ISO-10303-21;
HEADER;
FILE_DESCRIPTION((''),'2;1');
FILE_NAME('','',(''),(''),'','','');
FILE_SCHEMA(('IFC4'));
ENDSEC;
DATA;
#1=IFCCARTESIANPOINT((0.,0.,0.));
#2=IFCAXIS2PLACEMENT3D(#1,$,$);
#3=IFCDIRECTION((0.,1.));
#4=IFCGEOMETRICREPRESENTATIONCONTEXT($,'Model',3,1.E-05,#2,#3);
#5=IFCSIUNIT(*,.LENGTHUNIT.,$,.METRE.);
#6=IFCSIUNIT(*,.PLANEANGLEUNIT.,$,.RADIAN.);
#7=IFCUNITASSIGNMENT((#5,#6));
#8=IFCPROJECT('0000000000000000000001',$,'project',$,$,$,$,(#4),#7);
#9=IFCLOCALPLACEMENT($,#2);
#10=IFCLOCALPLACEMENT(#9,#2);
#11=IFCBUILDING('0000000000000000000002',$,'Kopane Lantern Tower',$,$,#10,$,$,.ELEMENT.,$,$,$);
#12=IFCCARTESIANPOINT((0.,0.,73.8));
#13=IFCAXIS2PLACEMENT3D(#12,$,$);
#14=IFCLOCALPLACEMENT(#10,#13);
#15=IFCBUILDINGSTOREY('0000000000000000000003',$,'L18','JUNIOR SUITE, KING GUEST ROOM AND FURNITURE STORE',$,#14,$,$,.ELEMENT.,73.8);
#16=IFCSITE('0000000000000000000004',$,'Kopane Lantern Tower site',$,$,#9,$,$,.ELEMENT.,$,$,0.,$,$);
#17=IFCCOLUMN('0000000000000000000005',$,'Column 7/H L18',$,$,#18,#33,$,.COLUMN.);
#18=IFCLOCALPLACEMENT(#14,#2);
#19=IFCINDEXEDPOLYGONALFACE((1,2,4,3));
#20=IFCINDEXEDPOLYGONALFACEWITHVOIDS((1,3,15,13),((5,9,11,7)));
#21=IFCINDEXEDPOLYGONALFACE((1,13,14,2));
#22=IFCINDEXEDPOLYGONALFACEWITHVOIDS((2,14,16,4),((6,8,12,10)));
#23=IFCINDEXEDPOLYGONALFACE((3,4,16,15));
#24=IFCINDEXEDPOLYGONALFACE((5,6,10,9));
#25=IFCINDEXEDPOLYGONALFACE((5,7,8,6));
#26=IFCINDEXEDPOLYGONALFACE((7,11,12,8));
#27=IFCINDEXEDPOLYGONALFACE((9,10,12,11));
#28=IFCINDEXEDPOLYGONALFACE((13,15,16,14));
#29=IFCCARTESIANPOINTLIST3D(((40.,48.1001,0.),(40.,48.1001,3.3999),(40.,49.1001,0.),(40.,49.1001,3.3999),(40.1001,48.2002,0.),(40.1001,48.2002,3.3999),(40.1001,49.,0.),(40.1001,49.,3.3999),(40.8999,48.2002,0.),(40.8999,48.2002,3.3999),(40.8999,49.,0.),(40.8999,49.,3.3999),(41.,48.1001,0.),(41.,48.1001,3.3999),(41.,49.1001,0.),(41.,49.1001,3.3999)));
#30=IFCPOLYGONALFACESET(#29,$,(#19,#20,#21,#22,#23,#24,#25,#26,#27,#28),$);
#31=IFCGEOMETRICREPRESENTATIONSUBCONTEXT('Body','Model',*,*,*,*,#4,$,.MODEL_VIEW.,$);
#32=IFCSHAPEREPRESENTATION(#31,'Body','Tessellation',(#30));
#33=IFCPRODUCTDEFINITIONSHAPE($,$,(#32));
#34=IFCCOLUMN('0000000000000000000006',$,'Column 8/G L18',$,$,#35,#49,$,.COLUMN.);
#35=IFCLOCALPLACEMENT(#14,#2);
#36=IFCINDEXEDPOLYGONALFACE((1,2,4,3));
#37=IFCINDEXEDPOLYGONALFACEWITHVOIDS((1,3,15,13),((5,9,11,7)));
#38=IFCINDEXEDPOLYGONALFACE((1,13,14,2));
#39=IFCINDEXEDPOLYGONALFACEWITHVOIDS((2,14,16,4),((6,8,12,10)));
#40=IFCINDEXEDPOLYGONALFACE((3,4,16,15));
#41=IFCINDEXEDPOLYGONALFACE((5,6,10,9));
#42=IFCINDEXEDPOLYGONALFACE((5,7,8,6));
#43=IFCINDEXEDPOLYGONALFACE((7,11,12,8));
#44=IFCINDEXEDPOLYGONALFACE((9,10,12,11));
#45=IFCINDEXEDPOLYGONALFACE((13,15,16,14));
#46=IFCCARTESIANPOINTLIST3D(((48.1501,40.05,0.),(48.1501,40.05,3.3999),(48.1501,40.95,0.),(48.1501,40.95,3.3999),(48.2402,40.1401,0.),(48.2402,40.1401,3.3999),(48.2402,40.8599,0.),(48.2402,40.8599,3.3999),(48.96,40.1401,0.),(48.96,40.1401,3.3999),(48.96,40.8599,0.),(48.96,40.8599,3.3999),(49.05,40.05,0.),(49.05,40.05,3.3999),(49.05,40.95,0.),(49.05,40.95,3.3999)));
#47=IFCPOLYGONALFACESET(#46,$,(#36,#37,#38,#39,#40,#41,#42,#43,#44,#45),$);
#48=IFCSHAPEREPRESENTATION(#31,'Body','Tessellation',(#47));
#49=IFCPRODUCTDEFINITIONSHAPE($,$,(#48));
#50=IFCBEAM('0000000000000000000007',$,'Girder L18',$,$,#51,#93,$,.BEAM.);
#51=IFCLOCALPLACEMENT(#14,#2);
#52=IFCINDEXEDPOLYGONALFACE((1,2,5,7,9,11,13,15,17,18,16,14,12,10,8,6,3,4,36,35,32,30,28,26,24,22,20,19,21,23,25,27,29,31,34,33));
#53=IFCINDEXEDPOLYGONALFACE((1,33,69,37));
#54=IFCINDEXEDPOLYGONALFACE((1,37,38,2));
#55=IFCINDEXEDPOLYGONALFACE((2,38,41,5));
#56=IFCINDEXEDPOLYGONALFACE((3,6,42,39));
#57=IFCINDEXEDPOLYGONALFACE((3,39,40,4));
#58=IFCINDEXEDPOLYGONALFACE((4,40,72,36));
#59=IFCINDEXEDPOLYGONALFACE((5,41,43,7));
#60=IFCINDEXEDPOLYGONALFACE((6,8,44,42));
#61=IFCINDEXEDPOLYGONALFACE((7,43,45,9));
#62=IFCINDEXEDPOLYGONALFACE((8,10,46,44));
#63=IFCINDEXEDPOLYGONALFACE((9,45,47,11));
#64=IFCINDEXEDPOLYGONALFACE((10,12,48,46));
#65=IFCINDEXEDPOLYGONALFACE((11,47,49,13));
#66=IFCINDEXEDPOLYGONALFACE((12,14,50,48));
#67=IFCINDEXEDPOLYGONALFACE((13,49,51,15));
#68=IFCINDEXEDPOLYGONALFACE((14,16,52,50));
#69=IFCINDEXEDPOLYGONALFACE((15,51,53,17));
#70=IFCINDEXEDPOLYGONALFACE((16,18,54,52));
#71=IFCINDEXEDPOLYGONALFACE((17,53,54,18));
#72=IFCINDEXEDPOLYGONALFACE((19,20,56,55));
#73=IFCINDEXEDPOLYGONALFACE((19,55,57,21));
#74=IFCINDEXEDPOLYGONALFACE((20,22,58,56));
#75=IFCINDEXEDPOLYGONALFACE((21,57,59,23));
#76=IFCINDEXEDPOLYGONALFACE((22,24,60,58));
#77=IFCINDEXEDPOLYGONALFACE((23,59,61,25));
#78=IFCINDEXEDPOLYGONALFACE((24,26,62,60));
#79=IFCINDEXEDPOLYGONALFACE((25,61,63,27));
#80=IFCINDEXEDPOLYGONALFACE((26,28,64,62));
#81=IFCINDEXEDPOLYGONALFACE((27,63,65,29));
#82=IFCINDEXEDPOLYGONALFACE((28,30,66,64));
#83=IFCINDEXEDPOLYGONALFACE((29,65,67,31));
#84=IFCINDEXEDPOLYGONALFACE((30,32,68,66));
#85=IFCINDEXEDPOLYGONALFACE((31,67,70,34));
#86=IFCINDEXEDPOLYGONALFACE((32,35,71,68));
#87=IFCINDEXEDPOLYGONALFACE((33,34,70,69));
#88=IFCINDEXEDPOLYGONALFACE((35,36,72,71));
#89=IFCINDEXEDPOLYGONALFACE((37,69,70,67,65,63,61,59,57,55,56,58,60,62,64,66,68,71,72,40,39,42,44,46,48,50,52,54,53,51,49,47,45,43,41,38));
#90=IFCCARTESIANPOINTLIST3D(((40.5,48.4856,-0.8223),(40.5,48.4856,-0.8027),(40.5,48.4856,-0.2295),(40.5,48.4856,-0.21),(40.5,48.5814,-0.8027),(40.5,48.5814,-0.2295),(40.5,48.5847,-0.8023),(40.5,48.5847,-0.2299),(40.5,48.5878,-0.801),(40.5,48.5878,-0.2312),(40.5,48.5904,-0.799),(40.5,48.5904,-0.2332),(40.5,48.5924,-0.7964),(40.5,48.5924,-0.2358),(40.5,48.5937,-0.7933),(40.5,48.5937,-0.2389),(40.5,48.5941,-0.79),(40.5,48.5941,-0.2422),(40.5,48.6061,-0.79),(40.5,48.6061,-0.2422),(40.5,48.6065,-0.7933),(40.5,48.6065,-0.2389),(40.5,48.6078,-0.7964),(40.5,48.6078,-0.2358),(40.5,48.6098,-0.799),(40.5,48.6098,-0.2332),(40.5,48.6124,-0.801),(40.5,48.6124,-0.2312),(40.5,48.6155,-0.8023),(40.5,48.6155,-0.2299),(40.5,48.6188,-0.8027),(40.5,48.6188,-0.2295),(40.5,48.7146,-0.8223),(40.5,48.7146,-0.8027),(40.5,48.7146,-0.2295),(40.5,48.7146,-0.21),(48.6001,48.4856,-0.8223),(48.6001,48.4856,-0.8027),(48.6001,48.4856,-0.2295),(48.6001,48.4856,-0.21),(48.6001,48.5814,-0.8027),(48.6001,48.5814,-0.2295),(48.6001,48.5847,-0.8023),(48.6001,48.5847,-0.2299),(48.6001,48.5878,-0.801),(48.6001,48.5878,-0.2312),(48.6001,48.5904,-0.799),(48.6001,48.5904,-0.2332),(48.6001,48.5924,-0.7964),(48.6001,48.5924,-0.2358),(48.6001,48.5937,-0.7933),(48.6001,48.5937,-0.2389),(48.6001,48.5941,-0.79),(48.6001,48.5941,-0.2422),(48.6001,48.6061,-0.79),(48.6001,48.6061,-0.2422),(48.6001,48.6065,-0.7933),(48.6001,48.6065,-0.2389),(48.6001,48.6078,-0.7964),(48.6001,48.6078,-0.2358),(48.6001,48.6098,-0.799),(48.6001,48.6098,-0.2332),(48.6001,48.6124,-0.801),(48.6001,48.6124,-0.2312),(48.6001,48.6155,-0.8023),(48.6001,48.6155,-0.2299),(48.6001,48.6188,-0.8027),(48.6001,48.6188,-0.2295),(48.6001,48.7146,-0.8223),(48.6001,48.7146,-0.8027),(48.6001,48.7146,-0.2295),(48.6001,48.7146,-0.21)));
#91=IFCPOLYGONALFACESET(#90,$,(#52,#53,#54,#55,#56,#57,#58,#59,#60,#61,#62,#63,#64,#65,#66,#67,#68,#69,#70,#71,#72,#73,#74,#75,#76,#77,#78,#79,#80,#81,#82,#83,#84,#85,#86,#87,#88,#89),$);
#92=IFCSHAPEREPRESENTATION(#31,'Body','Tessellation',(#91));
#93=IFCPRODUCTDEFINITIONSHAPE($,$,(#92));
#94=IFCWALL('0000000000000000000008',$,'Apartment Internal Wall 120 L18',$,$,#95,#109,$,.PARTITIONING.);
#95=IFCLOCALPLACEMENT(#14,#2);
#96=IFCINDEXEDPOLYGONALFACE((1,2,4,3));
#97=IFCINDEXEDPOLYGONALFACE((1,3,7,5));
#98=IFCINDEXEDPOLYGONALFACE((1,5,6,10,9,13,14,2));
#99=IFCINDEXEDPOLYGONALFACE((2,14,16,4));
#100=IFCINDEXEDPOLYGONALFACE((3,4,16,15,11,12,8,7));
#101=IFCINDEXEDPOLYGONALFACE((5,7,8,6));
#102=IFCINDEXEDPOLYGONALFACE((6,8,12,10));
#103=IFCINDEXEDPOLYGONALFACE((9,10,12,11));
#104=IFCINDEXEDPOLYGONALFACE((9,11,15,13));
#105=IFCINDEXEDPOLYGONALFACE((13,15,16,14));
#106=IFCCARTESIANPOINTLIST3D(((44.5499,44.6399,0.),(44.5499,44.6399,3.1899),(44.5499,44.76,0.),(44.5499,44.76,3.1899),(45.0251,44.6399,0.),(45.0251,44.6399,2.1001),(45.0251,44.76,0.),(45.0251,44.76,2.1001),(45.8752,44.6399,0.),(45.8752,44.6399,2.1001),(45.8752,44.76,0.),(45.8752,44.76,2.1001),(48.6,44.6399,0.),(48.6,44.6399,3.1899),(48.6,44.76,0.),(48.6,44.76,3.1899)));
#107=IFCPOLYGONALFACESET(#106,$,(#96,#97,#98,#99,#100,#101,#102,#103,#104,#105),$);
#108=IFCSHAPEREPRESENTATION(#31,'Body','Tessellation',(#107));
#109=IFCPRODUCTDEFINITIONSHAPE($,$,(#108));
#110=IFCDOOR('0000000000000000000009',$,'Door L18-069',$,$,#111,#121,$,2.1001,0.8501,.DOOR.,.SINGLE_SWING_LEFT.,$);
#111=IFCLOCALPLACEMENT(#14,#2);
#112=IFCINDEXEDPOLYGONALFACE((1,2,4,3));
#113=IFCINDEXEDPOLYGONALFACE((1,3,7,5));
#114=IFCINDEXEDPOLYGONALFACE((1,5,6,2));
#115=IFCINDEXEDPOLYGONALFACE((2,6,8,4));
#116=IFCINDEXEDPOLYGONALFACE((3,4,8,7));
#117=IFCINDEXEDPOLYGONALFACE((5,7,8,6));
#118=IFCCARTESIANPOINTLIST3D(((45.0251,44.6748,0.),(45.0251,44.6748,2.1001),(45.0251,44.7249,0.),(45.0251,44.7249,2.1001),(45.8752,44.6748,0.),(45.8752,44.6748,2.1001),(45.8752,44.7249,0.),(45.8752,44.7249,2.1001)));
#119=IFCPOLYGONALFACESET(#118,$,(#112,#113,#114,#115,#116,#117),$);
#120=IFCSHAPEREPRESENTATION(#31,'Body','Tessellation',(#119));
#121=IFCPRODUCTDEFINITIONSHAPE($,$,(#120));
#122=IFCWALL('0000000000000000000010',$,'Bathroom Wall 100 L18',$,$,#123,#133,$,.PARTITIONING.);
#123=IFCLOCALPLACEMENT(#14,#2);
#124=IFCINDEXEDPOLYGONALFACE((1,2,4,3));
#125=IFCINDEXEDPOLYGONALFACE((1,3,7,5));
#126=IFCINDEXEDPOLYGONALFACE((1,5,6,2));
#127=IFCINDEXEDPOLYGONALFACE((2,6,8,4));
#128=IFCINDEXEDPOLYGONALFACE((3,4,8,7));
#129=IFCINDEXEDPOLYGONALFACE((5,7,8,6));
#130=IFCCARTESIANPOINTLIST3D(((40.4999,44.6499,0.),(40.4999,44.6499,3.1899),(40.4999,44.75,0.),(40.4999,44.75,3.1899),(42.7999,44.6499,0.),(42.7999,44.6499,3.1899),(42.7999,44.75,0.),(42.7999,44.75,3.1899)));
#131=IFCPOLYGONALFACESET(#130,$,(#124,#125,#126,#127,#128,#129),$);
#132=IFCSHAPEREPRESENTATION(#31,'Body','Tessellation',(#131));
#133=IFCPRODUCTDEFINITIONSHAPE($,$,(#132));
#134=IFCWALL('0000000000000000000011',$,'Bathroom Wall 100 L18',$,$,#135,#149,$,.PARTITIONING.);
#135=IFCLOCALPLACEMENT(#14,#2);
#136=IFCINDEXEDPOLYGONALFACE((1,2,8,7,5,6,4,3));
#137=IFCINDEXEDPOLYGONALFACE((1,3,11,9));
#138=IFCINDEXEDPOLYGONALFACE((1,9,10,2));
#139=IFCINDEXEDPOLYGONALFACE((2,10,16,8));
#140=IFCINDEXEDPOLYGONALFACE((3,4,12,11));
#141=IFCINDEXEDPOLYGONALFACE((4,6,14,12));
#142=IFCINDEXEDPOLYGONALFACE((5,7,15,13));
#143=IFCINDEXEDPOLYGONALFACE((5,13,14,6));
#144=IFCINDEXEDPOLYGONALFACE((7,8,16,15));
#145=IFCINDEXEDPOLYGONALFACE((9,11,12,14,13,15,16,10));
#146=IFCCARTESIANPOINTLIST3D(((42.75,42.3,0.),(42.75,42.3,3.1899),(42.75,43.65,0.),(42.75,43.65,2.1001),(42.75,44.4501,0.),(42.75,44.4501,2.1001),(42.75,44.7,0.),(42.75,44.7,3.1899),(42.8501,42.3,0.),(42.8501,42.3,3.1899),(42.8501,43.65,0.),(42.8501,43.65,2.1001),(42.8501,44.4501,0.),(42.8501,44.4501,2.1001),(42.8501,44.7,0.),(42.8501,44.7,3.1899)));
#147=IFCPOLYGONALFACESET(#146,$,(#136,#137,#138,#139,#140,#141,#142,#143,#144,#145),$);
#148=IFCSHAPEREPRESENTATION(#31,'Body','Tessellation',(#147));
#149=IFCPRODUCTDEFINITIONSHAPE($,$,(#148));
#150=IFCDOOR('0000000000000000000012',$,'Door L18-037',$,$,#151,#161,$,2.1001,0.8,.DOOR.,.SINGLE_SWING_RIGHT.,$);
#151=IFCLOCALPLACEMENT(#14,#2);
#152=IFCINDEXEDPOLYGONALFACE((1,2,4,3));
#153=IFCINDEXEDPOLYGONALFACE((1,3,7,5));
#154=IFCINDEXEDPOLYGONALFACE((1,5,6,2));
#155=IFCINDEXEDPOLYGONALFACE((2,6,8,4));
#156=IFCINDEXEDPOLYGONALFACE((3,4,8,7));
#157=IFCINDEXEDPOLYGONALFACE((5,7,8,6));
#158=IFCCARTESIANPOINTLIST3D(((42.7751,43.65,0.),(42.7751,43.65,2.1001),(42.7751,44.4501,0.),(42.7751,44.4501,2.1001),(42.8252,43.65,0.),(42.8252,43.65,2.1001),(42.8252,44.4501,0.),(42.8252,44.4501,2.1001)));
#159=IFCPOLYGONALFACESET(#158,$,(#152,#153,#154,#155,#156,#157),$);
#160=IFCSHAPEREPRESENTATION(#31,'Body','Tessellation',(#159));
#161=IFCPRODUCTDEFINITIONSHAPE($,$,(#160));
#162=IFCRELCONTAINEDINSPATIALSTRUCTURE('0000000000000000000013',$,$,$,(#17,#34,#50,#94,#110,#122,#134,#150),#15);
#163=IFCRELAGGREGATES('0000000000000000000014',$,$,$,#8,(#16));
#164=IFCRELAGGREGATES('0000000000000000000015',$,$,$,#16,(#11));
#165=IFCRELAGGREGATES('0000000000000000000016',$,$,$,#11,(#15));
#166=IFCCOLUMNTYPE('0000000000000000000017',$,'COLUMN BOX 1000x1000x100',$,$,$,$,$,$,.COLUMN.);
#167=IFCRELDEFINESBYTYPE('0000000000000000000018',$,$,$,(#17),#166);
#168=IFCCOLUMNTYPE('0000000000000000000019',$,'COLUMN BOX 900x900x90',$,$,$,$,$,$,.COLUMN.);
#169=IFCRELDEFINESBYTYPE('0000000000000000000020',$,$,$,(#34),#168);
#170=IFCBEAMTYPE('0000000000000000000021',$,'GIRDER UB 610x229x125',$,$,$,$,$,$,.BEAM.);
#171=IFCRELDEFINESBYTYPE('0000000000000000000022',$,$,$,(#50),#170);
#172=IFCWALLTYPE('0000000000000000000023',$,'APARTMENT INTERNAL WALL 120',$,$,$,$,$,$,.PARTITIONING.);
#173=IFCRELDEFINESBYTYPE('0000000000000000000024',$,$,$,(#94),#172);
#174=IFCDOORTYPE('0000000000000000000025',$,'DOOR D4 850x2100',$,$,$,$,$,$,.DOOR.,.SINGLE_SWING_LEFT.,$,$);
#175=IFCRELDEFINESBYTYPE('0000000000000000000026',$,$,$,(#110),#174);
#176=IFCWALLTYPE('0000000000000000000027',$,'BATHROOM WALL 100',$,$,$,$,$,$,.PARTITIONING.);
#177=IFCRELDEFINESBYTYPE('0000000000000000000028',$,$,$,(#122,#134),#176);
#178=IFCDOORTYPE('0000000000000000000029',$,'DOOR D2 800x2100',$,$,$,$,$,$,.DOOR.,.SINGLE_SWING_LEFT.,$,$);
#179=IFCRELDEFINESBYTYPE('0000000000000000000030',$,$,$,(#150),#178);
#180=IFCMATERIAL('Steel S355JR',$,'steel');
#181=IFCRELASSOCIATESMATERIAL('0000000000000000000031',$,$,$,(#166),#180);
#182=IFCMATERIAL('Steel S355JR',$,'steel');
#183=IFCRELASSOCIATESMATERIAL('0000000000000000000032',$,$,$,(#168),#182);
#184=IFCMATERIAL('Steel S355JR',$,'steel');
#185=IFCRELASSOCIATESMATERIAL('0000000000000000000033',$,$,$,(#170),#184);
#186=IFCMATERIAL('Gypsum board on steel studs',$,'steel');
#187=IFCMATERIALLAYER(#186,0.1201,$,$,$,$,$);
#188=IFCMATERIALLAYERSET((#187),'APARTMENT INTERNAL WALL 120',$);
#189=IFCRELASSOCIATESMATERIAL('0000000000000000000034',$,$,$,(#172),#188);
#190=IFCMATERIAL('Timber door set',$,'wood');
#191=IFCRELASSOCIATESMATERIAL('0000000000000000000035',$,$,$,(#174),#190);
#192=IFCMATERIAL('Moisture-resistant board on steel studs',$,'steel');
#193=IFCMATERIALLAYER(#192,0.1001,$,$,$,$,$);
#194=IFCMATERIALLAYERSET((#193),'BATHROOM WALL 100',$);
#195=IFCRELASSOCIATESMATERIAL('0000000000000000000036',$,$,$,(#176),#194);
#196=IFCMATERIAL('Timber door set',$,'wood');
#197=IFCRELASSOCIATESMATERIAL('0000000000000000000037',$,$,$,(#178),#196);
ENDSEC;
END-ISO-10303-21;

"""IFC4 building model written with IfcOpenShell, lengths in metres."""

from ifc_helpers import new_model, si_unit, direction, frame, frame_2d, origin, origin_2d, place, context, subcontext, project, spatial, rectangle, hollow_rectangle, i_section, extrude, material, layer, layer_set, material_profile, profile_set, type_object, element, fill, save


model = new_model("IFC4")

# Units and contexts
model_context = context("Model", 3, precision=1e-05, world=origin(), true_north=direction((0.0, 1.0)))
body_context = subcontext(model_context, "Body", "Model", "MODEL_VIEW")
ifc_project = project(units=[si_unit("LENGTHUNIT", "METRE"), si_unit("PLANEANGLEUNIT", "RADIAN")], contexts=[model_context])

# Site, building, storey
site_placement = place(None, origin())
site = spatial("IfcSite", under=ifc_project, at=site_placement, Name="Kopane Lantern Tower site", CompositionType="ELEMENT", RefElevation=0.0)
building_placement = place(site_placement, origin())
building = spatial("IfcBuilding", under=site, at=building_placement, Name="Kopane Lantern Tower", CompositionType="ELEMENT")
storey_placement = place(building_placement, frame((0.0, 0.0, 73.8)))
storey = spatial("IfcBuildingStorey", under=building, at=storey_placement, Name="L18", Description="JUNIOR SUITE, KING GUEST ROOM AND FURNITURE STORE", CompositionType="ELEMENT", Elevation=73.8)

# Columns
ifc_material_1 = material(Name="Steel S355JR", Category="steel")
ifc_material_profile_1 = material_profile(ifc_material_1, hollow_rectangle(XDim=1.0, YDim=1.0, WallThickness=0.1001, at=origin_2d()), Name="BOX 1000x1000x100")
ifc_profile_set_1 = profile_set([ifc_material_profile_1], Name="Steel S355JR")
column_type_1 = type_object("IfcColumnType", Name="COLUMN BOX 1000x1000x100", PredefinedType="COLUMN", material=ifc_profile_set_1)
column_1_placement = place(storey_placement, frame((40.5, 48.6001, 0.0), z_axis=(0.0, 0.0, 1.0), x_axis=(1.0, 0.0, 0.0)))
element("IfcColumn", 1, at=column_1_placement, inside=storey, type_object=column_type_1, Name="Column 7/H L18", PredefinedType="COLUMN", context=body_context, shape_type="SweptSolid", body=[
    extrude(hollow_rectangle(XDim=1.0, YDim=1.0, WallThickness=0.1001, at=origin_2d()), origin(), (0.0, 0.0, 1.0), 3.3999),
])
ifc_material_2 = material(Name="Steel S355JR", Category="steel")
ifc_material_profile_2 = material_profile(ifc_material_2, hollow_rectangle(XDim=0.8999, YDim=0.8999, WallThickness=0.0901, at=origin_2d()), Name="BOX 900x900x90")
ifc_profile_set_2 = profile_set([ifc_material_profile_2], Name="Steel S355JR")
column_type_2 = type_object("IfcColumnType", Name="COLUMN BOX 900x900x90", PredefinedType="COLUMN", material=ifc_profile_set_2)
column_2_placement = place(storey_placement, frame((48.6001, 40.5, 0.0), z_axis=(0.0, 0.0, 1.0), x_axis=(1.0, 0.0, 0.0)))
element("IfcColumn", 2, at=column_2_placement, inside=storey, type_object=column_type_2, Name="Column 8/G L18", PredefinedType="COLUMN", context=body_context, shape_type="SweptSolid", body=[
    extrude(hollow_rectangle(XDim=0.8999, YDim=0.8999, WallThickness=0.0901, at=origin_2d()), origin(), (0.0, 0.0, 1.0), 3.3999),
])

# Beam
ifc_material_3 = material(Name="Steel S355JR", Category="steel")
ifc_material_profile_3 = material_profile(ifc_material_3, i_section(OverallWidth=0.229, OverallDepth=0.6123, WebThickness=0.012, FlangeThickness=0.0195, FilletRadius=0.0127, at=origin_2d()), Name="UB 610x229x125")
ifc_profile_set_3 = profile_set([ifc_material_profile_3], Name="Steel S355JR")
beam_type = type_object("IfcBeamType", Name="GIRDER UB 610x229x125", PredefinedType="BEAM", material=ifc_profile_set_3)
beam_placement = place(storey_placement, frame((40.5, 48.6001, -0.5161), z_axis=(1.0, 0.0, 0.0), x_axis=(0.0, 1.0, 0.0)))
element("IfcBeam", 3, at=beam_placement, inside=storey, type_object=beam_type, Name="Girder L18", PredefinedType="BEAM", context=body_context, shape_type="SweptSolid", body=[
    extrude(i_section(OverallWidth=0.229, OverallDepth=0.6123, WebThickness=0.012, FlangeThickness=0.0195, FilletRadius=0.0127, at=origin_2d()), origin(), (0.0, 0.0, 1.0), 8.1001),
])

# Wall, opening, door
ifc_material_4 = material(Name="Gypsum board on steel studs", Category="steel")
ifc_layer_1 = layer(ifc_material_4, 0.1201)
ifc_layer_set_1 = layer_set([ifc_layer_1], Name="APARTMENT INTERNAL WALL 120")
wall_type_1 = type_object("IfcWallType", Name="APARTMENT INTERNAL WALL 120", PredefinedType="PARTITIONING", material=ifc_layer_set_1)
wall_1_placement = place(storey_placement, frame((44.55, 44.7, 0.0), z_axis=(0.0, 0.0, 1.0), x_axis=(1.0, 0.0, 0.0)))
wall_1 = element("IfcWall", 4, at=wall_1_placement, inside=storey, type_object=wall_type_1, Name="Apartment Internal Wall 120 L18", PredefinedType="PARTITIONING", context=body_context, shape_type="SweptSolid", body=[
    extrude(rectangle(XDim=4.05, YDim=0.1201, at=frame_2d((2.0249, 0.0))), origin(), (0.0, 0.0, 1.0), 3.1899),
])
opening_1_placement = place(wall_1_placement, frame((0.4751, 0.0, 0.0)))
opening_1 = element("IfcOpeningElement", 5, at=opening_1_placement, cuts=wall_1, PredefinedType="OPENING", context=body_context, shape_type="SweptSolid", body=[
    extrude(rectangle(XDim=0.8501, YDim=2.1001, at=frame_2d((0.425, 1.05))), frame((0.0, 0.0701, 0.0), z_axis=(0.0, -1.0, 0.0), x_axis=(1.0, 0.0, 0.0)), (0.0, 0.0, 1.0), 0.1401),
])
ifc_material_5 = material(Name="Timber door set", Category="wood")
door_type_1 = type_object("IfcDoorType", Name="DOOR D4 850x2100", OperationType="SINGLE_SWING_LEFT", PredefinedType="DOOR", material=ifc_material_5)
door_1_placement = place(opening_1_placement, origin())
door_1 = element("IfcDoor", 6, at=door_1_placement, inside=storey, type_object=door_type_1, Name="Door L18-069", OperationType="SINGLE_SWING_LEFT", OverallHeight=2.1001, OverallWidth=0.8501, PredefinedType="DOOR", context=body_context, shape_type="SweptSolid", body=[
    extrude(rectangle(XDim=0.8501, YDim=2.1001, at=frame_2d((0.425, 1.05))), frame((0.0, 0.0249, 0.0), z_axis=(0.0, -1.0, 0.0), x_axis=(1.0, 0.0, 0.0)), (0.0, 0.0, 1.0), 0.05),
])
fill(opening_1, door_1)

# Wall
ifc_material_6 = material(Name="Moisture-resistant board on steel studs", Category="steel")
ifc_layer_2 = layer(ifc_material_6, 0.1001)
ifc_layer_set_2 = layer_set([ifc_layer_2], Name="BATHROOM WALL 100")
wall_type_2 = type_object("IfcWallType", Name="BATHROOM WALL 100", PredefinedType="PARTITIONING", material=ifc_layer_set_2)
wall_2_placement = place(storey_placement, frame((40.5, 44.7, 0.0), z_axis=(0.0, 0.0, 1.0), x_axis=(1.0, 0.0, 0.0)))
element("IfcWall", 7, at=wall_2_placement, inside=storey, type_object=wall_type_2, Name="Bathroom Wall 100 L18", PredefinedType="PARTITIONING", context=body_context, shape_type="SweptSolid", body=[
    extrude(rectangle(XDim=2.3, YDim=0.1001, at=frame_2d((1.1499, 0.0))), origin(), (0.0, 0.0, 1.0), 3.1899),
])

# Wall, opening, door
wall_3_placement = place(storey_placement, frame((42.8, 42.3, 0.0), z_axis=(0.0, 0.0, 1.0), x_axis=(0.0, 1.0, 0.0)))
wall_3 = element("IfcWall", 8, at=wall_3_placement, inside=storey, type_object=wall_type_2, Name="Bathroom Wall 100 L18", PredefinedType="PARTITIONING", context=body_context, shape_type="SweptSolid", body=[
    extrude(rectangle(XDim=2.3999, YDim=0.1001, at=frame_2d((1.2, 0.0))), origin(), (0.0, 0.0, 1.0), 3.1899),
])
opening_2_placement = place(wall_3_placement, frame((1.3501, 0.0, 0.0)))
opening_2 = element("IfcOpeningElement", 9, at=opening_2_placement, cuts=wall_3, PredefinedType="OPENING", context=body_context, shape_type="SweptSolid", body=[
    extrude(rectangle(XDim=0.8, YDim=2.1001, at=frame_2d((0.3999, 1.05))), frame((0.0, 0.0601, 0.0), z_axis=(0.0, -1.0, 0.0), x_axis=(1.0, 0.0, 0.0)), (0.0, 0.0, 1.0), 0.1201),
])
ifc_material_7 = material(Name="Timber door set", Category="wood")
door_type_2 = type_object("IfcDoorType", Name="DOOR D2 800x2100", OperationType="SINGLE_SWING_LEFT", PredefinedType="DOOR", material=ifc_material_7)
door_2_placement = place(opening_2_placement, origin())
door_2 = element("IfcDoor", 10, at=door_2_placement, inside=storey, type_object=door_type_2, Name="Door L18-037", OperationType="SINGLE_SWING_RIGHT", OverallHeight=2.1001, OverallWidth=0.8, PredefinedType="DOOR", context=body_context, shape_type="SweptSolid", body=[
    extrude(rectangle(XDim=0.8, YDim=2.1001, at=frame_2d((0.3999, 1.05))), frame((0.0, 0.0249, 0.0), z_axis=(0.0, -1.0, 0.0), x_axis=(1.0, 0.0, 0.0)), (0.0, 0.0, 1.0), 0.05),
])
fill(opening_2, door_2)

save(model, "model.ifc")
